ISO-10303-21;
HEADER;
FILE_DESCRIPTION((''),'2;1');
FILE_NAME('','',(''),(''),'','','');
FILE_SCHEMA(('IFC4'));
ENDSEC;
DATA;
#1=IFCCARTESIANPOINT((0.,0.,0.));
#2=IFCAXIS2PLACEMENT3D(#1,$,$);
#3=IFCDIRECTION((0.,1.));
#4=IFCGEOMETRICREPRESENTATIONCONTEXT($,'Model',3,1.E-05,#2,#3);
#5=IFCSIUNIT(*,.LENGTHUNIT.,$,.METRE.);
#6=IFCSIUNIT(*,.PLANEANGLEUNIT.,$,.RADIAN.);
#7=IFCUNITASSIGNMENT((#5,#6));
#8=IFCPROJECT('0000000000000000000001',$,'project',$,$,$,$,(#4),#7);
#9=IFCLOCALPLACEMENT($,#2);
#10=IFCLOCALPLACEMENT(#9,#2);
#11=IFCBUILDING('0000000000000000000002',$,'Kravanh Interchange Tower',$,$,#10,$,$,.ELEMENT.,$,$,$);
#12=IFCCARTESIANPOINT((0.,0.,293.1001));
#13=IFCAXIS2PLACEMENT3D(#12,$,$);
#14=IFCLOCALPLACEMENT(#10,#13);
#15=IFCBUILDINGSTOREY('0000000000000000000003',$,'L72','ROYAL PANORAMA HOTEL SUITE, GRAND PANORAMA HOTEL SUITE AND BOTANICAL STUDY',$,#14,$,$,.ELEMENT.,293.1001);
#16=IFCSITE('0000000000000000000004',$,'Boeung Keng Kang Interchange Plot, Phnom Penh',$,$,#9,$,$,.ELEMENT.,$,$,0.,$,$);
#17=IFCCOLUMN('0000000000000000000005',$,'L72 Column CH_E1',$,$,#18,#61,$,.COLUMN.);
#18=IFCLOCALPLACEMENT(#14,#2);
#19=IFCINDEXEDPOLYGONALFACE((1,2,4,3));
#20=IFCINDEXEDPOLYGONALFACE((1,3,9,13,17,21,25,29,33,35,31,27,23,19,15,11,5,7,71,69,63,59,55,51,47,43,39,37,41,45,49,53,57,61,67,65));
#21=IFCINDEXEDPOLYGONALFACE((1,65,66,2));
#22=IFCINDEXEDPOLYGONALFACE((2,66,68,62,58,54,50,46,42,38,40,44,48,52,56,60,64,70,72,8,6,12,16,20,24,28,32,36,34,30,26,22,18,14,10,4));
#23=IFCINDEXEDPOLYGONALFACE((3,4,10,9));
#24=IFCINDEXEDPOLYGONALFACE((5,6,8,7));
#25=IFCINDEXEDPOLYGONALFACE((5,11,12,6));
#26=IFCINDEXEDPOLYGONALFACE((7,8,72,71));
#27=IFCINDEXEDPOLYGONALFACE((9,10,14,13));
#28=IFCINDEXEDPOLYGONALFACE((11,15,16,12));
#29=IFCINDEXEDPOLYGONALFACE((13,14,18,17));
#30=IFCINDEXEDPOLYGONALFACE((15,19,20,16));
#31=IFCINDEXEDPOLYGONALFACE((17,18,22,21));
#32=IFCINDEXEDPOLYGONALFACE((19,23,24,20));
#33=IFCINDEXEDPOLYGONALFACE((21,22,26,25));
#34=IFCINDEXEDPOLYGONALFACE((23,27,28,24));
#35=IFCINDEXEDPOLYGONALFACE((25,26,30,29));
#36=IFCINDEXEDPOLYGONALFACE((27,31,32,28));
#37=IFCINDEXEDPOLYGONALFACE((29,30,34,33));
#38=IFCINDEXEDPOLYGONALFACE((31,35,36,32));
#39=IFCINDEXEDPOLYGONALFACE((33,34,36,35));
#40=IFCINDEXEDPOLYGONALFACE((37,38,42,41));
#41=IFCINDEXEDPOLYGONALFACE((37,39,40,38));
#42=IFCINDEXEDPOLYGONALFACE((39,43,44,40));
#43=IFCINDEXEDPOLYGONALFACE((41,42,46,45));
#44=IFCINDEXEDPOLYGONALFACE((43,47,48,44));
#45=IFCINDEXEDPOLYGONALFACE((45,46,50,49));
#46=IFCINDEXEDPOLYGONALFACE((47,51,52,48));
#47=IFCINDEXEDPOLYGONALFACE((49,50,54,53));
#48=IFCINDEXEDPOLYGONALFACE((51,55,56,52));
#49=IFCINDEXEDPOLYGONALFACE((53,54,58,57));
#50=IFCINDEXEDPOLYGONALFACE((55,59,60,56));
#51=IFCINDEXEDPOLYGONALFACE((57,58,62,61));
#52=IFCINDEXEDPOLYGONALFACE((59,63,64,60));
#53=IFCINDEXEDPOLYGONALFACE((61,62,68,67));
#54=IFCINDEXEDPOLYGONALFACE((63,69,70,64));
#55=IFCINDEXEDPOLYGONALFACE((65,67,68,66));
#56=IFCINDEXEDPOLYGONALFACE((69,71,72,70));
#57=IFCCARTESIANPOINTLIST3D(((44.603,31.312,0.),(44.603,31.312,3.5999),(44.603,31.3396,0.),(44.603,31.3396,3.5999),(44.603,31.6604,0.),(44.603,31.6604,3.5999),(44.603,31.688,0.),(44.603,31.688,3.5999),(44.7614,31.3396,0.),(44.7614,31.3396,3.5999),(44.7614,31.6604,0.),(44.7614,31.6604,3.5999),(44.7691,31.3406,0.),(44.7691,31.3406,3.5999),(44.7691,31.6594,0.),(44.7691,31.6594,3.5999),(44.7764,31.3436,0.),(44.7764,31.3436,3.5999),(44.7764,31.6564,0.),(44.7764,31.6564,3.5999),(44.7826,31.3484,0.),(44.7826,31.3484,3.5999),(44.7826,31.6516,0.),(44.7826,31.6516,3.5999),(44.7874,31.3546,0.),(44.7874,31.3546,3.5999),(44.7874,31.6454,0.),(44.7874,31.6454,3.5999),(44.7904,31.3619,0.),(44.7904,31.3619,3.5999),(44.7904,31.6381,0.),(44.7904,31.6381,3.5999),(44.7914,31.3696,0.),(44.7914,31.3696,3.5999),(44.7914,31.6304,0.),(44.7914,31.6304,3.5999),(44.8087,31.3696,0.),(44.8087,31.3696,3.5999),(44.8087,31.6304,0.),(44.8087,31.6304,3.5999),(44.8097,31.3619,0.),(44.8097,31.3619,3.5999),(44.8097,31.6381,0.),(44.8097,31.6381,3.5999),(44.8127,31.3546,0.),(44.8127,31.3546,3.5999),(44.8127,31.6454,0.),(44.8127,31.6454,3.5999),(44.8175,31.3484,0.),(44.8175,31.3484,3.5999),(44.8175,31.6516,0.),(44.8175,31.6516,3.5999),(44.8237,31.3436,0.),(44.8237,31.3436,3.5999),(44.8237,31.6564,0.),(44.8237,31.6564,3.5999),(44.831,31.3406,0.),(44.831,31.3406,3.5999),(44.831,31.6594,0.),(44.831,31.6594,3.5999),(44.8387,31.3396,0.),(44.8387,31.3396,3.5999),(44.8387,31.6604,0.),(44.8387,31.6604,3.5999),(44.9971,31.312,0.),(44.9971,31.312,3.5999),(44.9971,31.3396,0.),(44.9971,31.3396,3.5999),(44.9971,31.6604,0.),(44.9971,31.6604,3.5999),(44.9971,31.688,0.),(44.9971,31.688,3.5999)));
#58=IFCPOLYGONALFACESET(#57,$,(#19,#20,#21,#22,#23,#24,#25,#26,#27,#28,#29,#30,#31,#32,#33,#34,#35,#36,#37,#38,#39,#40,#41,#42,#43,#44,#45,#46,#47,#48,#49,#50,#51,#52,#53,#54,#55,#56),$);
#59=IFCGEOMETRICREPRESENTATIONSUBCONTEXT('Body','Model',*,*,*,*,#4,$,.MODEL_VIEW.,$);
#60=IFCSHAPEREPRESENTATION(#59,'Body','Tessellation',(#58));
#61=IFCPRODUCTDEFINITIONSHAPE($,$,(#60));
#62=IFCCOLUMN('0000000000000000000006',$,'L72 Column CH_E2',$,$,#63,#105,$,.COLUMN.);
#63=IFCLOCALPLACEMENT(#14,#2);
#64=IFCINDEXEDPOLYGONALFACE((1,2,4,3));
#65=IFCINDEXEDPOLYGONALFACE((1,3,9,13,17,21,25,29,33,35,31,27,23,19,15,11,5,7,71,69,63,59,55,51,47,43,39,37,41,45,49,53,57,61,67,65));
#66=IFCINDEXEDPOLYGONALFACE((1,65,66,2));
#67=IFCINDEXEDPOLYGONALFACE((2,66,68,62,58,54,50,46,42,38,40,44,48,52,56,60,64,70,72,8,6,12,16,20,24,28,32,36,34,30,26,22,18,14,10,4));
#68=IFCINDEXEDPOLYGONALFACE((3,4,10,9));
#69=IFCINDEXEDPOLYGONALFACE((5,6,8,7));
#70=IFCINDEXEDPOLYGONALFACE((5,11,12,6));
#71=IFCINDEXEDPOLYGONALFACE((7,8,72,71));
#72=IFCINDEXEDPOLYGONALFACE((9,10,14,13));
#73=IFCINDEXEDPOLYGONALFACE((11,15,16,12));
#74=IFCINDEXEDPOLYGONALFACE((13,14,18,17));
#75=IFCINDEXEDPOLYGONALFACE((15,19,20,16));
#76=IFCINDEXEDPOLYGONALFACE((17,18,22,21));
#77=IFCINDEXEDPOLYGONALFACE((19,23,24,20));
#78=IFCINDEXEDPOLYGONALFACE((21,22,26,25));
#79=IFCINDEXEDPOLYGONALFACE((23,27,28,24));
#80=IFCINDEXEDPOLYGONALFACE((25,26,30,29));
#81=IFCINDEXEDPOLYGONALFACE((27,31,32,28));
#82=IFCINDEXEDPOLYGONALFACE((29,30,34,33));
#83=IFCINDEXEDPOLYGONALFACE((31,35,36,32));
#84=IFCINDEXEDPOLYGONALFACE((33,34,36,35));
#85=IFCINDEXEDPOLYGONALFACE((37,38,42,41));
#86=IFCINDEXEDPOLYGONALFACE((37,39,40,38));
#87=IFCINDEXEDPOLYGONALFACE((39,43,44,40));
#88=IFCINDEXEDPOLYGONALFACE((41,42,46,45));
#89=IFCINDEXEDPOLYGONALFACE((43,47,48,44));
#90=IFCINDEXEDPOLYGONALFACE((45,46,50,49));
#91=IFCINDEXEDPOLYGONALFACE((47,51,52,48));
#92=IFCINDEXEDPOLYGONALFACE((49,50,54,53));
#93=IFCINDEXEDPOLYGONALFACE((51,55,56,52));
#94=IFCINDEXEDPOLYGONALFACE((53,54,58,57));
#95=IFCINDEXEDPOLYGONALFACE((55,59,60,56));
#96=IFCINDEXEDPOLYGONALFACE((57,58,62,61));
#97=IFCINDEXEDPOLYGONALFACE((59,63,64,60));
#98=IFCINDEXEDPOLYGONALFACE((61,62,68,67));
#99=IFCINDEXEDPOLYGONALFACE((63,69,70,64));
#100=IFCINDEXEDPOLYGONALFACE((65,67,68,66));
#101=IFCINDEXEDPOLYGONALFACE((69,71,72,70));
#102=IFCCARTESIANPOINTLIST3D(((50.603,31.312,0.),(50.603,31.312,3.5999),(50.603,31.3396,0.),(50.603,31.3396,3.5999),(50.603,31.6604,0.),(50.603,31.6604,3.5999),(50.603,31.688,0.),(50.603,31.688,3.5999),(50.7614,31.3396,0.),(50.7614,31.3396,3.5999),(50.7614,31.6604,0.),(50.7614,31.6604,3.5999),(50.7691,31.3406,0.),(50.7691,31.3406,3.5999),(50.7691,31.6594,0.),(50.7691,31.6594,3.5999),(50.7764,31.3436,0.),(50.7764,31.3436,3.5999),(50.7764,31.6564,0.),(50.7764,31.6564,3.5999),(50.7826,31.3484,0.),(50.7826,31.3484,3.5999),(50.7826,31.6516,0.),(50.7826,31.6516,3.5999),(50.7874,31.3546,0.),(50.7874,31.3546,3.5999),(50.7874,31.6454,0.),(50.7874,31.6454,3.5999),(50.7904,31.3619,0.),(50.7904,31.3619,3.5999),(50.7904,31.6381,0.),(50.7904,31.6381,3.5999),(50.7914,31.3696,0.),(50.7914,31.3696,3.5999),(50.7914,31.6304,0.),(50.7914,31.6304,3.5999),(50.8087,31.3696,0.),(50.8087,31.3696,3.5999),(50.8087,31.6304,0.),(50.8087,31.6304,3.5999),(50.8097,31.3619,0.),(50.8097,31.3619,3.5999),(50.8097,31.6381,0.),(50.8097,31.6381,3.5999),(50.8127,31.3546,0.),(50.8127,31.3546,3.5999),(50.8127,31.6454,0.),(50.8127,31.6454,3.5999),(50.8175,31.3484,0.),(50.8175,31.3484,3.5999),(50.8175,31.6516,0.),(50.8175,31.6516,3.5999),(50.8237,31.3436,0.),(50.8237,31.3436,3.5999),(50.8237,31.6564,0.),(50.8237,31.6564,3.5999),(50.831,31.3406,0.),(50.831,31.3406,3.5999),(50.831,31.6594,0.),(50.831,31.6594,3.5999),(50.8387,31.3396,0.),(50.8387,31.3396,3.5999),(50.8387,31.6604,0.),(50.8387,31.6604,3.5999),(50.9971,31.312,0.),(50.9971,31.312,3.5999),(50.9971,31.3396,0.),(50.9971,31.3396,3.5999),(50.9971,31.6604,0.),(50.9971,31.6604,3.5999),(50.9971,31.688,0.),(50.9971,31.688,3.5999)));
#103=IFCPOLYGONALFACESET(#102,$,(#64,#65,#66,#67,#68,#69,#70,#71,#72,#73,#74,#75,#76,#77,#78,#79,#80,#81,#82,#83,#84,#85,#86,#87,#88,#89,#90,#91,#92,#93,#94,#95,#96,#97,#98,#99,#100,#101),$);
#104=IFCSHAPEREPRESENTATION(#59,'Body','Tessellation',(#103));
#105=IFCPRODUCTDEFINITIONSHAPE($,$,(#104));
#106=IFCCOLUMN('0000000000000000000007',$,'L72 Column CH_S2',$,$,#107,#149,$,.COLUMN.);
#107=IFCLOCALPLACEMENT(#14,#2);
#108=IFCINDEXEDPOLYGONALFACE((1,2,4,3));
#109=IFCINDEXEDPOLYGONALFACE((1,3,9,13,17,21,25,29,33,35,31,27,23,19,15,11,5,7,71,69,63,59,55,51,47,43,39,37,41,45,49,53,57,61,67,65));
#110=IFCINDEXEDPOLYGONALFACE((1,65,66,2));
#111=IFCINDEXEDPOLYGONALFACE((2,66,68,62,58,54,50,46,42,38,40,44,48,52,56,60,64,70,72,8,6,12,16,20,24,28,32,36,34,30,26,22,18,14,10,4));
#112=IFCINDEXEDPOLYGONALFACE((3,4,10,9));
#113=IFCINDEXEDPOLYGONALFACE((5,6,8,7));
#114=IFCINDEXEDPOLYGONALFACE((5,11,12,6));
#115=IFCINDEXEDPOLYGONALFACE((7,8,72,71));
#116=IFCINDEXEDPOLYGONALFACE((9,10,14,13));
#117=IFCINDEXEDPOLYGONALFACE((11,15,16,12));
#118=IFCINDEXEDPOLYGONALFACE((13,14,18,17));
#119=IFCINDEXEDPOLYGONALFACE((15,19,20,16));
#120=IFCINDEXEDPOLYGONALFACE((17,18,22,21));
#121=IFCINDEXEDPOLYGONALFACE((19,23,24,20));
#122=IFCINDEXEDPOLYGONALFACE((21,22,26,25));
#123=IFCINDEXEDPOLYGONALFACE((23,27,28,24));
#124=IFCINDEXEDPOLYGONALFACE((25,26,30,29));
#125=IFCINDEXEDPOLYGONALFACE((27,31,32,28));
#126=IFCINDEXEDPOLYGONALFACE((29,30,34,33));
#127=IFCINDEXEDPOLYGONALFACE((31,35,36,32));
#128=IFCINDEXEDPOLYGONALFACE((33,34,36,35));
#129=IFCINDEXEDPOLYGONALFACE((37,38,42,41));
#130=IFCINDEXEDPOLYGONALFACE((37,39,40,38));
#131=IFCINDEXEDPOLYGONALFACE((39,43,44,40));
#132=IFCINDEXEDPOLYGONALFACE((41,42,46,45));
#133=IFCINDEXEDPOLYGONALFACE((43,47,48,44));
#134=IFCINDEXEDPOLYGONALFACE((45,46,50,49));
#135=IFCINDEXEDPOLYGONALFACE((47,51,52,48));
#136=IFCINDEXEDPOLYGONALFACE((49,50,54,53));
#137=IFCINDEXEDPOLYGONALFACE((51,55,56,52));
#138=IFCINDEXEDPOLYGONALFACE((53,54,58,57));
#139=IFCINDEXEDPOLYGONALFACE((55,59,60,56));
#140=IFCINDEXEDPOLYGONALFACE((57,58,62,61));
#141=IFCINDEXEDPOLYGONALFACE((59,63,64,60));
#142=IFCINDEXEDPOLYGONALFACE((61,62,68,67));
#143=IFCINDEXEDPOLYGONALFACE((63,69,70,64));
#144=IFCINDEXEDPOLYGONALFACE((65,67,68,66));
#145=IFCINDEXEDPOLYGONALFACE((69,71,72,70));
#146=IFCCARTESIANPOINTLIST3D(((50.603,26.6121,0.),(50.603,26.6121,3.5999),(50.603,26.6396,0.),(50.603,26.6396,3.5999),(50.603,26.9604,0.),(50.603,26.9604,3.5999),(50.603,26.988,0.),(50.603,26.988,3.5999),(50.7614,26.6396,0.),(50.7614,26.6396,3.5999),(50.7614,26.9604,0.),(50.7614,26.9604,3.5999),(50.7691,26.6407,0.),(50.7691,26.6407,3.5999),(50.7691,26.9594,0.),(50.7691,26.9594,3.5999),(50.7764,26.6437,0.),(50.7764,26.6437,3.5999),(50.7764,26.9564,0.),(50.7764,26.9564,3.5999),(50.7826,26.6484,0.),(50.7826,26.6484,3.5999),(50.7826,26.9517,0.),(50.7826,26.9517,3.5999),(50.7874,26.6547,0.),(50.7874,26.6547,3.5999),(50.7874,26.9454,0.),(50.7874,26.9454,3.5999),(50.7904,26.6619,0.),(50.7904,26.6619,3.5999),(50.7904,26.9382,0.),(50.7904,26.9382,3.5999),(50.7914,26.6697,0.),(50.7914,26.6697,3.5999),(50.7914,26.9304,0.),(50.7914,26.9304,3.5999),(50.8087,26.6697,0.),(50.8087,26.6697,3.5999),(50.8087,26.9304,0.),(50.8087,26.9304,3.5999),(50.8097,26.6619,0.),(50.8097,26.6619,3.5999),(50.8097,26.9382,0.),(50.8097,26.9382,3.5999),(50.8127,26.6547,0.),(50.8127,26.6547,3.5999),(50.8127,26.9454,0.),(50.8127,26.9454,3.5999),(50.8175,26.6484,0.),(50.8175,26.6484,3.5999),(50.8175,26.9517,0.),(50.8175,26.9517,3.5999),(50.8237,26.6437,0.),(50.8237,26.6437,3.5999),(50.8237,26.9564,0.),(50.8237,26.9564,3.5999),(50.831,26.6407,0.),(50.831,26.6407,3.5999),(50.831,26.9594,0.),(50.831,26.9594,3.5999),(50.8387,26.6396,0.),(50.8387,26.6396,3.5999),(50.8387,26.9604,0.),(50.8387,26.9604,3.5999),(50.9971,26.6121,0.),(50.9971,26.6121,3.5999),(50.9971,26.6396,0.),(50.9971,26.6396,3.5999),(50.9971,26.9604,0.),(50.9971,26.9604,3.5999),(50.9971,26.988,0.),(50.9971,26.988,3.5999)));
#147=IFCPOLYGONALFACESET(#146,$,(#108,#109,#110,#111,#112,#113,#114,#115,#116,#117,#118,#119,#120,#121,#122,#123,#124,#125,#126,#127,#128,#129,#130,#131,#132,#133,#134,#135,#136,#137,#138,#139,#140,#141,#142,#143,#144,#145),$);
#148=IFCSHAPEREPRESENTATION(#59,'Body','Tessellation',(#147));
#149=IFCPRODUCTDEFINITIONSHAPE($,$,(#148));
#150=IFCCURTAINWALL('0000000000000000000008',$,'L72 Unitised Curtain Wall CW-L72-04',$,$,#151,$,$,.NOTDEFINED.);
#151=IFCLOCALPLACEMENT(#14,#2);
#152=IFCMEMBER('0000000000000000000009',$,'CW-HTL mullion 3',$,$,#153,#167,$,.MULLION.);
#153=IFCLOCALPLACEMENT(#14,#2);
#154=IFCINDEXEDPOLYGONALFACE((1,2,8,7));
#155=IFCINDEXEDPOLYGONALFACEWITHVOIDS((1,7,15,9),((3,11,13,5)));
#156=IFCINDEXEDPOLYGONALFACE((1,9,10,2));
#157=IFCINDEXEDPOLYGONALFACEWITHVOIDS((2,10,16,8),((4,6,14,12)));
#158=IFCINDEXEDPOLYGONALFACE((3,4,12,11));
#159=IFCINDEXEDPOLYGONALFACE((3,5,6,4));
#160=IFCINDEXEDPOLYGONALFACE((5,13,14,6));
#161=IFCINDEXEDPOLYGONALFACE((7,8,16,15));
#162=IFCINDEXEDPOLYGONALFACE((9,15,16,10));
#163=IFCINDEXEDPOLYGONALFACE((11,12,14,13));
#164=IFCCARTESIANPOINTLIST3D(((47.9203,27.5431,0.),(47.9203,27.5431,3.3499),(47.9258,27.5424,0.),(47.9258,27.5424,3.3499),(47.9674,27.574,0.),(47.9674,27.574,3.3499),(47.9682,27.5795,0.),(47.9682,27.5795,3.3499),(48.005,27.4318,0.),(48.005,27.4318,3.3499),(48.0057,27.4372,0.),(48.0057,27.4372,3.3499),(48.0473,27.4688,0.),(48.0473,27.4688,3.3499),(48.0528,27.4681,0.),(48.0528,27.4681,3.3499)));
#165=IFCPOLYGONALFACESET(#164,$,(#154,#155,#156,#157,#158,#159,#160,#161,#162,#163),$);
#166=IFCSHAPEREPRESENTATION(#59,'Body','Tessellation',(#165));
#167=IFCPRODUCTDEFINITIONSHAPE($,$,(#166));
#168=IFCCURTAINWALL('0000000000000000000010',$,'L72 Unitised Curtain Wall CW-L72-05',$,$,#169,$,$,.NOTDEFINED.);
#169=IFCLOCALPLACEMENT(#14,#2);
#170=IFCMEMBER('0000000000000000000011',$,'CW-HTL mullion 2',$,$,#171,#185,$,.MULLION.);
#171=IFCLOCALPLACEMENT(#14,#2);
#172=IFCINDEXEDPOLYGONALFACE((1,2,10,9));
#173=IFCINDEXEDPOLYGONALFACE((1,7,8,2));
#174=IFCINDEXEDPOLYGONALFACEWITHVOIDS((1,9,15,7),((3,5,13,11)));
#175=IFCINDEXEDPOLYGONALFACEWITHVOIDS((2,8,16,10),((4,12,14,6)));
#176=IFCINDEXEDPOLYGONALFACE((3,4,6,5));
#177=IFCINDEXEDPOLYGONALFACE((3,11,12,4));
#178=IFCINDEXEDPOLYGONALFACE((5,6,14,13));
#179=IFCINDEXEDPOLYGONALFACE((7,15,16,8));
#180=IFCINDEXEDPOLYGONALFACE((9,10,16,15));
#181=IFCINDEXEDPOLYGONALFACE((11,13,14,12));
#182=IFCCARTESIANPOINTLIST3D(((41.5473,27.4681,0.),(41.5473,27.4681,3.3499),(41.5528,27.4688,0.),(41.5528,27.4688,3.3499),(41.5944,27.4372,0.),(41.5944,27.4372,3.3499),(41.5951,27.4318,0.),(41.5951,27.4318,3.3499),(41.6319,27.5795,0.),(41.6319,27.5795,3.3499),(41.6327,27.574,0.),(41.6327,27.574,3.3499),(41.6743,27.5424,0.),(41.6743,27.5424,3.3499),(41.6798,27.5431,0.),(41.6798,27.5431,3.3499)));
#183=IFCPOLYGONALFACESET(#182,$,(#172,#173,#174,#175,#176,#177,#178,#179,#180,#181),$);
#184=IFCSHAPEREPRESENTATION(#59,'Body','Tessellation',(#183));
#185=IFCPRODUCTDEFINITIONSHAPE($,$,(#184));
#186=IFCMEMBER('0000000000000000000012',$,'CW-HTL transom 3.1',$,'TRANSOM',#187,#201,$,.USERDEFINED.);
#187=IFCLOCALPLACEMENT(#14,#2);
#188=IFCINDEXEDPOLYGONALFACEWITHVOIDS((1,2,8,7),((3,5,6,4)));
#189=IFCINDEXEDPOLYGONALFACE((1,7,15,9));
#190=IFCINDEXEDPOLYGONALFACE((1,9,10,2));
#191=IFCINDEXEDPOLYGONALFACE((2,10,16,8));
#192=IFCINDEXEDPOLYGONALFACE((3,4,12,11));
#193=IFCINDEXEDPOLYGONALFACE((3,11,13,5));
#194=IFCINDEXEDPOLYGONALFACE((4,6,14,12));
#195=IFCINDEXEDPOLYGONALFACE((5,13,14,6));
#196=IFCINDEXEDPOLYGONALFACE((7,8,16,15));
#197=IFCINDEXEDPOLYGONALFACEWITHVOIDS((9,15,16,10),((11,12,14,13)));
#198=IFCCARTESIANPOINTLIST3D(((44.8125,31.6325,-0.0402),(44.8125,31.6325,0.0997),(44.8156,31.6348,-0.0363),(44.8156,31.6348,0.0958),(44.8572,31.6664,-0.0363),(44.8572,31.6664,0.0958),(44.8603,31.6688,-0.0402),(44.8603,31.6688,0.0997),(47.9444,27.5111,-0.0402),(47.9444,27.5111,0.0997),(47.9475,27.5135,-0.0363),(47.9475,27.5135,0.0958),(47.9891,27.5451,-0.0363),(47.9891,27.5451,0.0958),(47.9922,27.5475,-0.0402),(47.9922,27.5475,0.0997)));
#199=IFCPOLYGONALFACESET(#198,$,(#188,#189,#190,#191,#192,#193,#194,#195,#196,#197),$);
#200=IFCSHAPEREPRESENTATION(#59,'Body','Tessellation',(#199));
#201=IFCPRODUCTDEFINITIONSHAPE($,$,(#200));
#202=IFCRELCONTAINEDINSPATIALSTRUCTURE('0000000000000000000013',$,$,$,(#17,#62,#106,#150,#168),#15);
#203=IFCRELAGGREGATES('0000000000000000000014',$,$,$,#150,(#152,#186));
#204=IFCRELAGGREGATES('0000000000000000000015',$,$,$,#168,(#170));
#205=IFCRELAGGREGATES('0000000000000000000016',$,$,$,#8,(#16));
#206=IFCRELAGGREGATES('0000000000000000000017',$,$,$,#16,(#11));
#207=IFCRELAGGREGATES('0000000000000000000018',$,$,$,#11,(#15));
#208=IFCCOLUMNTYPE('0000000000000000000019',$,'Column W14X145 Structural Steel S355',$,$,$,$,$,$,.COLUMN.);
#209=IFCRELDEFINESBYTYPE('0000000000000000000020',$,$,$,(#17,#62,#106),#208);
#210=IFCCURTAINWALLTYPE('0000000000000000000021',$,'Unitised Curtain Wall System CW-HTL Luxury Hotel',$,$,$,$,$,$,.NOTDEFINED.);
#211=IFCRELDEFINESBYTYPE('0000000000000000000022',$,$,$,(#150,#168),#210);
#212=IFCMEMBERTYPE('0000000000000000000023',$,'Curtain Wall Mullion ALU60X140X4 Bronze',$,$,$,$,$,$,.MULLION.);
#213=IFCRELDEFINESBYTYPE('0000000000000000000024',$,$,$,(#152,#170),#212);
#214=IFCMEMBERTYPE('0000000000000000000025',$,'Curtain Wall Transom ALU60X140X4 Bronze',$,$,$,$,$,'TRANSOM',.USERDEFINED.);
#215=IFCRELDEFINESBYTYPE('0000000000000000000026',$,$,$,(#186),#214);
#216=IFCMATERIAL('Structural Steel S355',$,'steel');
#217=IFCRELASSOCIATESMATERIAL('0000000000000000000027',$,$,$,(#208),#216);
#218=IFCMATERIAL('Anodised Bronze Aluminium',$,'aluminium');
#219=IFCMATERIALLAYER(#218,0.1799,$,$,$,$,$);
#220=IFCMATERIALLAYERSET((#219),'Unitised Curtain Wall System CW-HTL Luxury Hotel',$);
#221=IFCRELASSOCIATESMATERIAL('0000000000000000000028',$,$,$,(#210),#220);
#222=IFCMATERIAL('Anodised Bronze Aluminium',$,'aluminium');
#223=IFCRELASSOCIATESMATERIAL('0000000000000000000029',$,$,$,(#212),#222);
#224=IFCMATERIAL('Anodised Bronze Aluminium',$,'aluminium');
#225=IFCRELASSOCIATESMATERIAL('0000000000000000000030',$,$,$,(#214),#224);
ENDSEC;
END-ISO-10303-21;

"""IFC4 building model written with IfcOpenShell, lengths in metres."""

from ifc_helpers import new_model, si_unit, direction, frame, origin, origin_2d, place, context, subcontext, project, spatial, hollow_rectangle, i_section, extrude, material, layer, layer_set, material_profile, profile_set, type_object, element, aggregate, save


model = new_model("IFC4")

# Units and contexts
model_context = context("Model", 3, precision=1e-05, world=origin(), true_north=direction((0.0, 1.0)))
body_context = subcontext(model_context, "Body", "Model", "MODEL_VIEW")
ifc_project = project(units=[si_unit("LENGTHUNIT", "METRE"), si_unit("PLANEANGLEUNIT", "RADIAN")], contexts=[model_context])

# Site, building, storey
site_placement = place(None, origin())
site = spatial("IfcSite", under=ifc_project, at=site_placement, Name="Boeung Keng Kang Interchange Plot, Phnom Penh", CompositionType="ELEMENT", RefElevation=0.0)
building_placement = place(site_placement, origin())
building = spatial("IfcBuilding", under=site, at=building_placement, Name="Kravanh Interchange Tower", CompositionType="ELEMENT")
storey_placement = place(building_placement, frame((0.0, 0.0, 293.1001)))
storey = spatial("IfcBuildingStorey", under=building, at=storey_placement, Name="L72", Description="ROYAL PANORAMA HOTEL SUITE, GRAND PANORAMA HOTEL SUITE AND BOTANICAL STUDY", CompositionType="ELEMENT", Elevation=293.1001)

# Columns
ifc_material_1 = material(Name="Structural Steel S355", Category="steel")
ifc_material_profile_1 = material_profile(ifc_material_1, i_section(OverallWidth=0.394, OverallDepth=0.376, WebThickness=0.0173, FlangeThickness=0.0276, FilletRadius=0.03, at=origin_2d()), Name="W14X145")
ifc_profile_set_1 = profile_set([ifc_material_profile_1], Name="Structural Steel S355")
column_type = type_object("IfcColumnType", Name="Column W14X145 Structural Steel S355", PredefinedType="COLUMN", material=ifc_profile_set_1)
for number, where, z_axis, x_axis, name in (
    (1, (44.8, 31.5, 0.0), (0.0, 0.0, 1.0), (1.0, 0.0, 0.0), "L72 Column CH_E1"),
    (2, (50.8, 31.5, 0.0), (0.0, 0.0, 1.0), (1.0, 0.0, 0.0), "L72 Column CH_E2"),
    (3, (50.8, 26.8, 0.0), (0.0, 0.0, 1.0), (1.0, 0.0, 0.0), "L72 Column CH_S2"),
):
    element("IfcColumn", number, at=place(storey_placement, frame(where, z_axis=z_axis, x_axis=x_axis)), inside=storey, type_object=column_type, Name=name, PredefinedType="COLUMN", context=body_context, shape_type="SweptSolid", body=[
        extrude(i_section(OverallWidth=0.394, OverallDepth=0.376, WebThickness=0.0173, FlangeThickness=0.0276, FilletRadius=0.03, at=origin_2d()), origin(), (0.0, 0.0, 1.0), 3.5999),
    ])

# Curtain walls, members
ifc_material_2 = material(Name="Anodised Bronze Aluminium", Category="aluminium")
ifc_layer_1 = layer(ifc_material_2, 0.1799)
ifc_layer_set_1 = layer_set([ifc_layer_1], Name="Unitised Curtain Wall System CW-HTL Luxury Hotel")
curtain_wall_type = type_object("IfcCurtainWallType", Name="Unitised Curtain Wall System CW-HTL Luxury Hotel", PredefinedType="NOTDEFINED", material=ifc_layer_set_1)
curtain_wall_1_placement = place(storey_placement, origin())
curtain_wall_1 = element("IfcCurtainWall", 4, at=curtain_wall_1_placement, inside=storey, type_object=curtain_wall_type, Name="L72 Unitised Curtain Wall CW-L72-04", PredefinedType="NOTDEFINED")
ifc_material_3 = material(Name="Anodised Bronze Aluminium", Category="aluminium")
ifc_material_profile_2 = material_profile(ifc_material_3, hollow_rectangle(XDim=0.0601, YDim=0.1399, WallThickness=0.0039, at=origin_2d()), Name="ALU60X140X4")
ifc_profile_set_2 = profile_set([ifc_material_profile_2], Name="Anodised Bronze Aluminium")
member_type_1 = type_object("IfcMemberType", Name="Curtain Wall Mullion ALU60X140X4 Bronze", PredefinedType="MULLION", material=ifc_profile_set_2)
member_1_placement = place(storey_placement, frame((47.9866, 27.5056, 0.0), z_axis=(0.0, 0.0, 1.0), x_axis=(-0.796162, -0.605083, 0.0)))
member_1 = element("IfcMember", 5, at=member_1_placement, type_object=member_type_1, Name="CW-HTL mullion 3", PredefinedType="MULLION", context=body_context, shape_type="SweptSolid", body=[
    extrude(hollow_rectangle(XDim=0.0601, YDim=0.1399, WallThickness=0.0039, at=origin_2d()), origin(), (0.0, 0.0, 1.0), 3.3499),
])
curtain_wall_2_placement = place(storey_placement, origin())
curtain_wall_2 = element("IfcCurtainWall", 6, at=curtain_wall_2_placement, inside=storey, type_object=curtain_wall_type, Name="L72 Unitised Curtain Wall CW-L72-05", PredefinedType="NOTDEFINED")
member_2_placement = place(storey_placement, frame((41.6135, 27.5056, 0.0), z_axis=(0.0, 0.0, 1.0), x_axis=(0.796162, -0.605083, 0.0)))
member_2 = element("IfcMember", 7, at=member_2_placement, type_object=member_type_1, Name="CW-HTL mullion 2", PredefinedType="MULLION", context=body_context, shape_type="SweptSolid", body=[
    extrude(hollow_rectangle(XDim=0.0601, YDim=0.1399, WallThickness=0.0039, at=origin_2d()), origin(), (0.0, 0.0, 1.0), 3.3499),
])

# Member
ifc_material_4 = material(Name="Anodised Bronze Aluminium", Category="aluminium")
ifc_material_profile_3 = material_profile(ifc_material_4, hollow_rectangle(XDim=0.0601, YDim=0.1399, WallThickness=0.0039, at=origin_2d()), Name="ALU60X140X4")
ifc_profile_set_3 = profile_set([ifc_material_profile_3], Name="Anodised Bronze Aluminium")
member_type_2 = type_object("IfcMemberType", Name="Curtain Wall Transom ALU60X140X4 Bronze", ElementType="TRANSOM", PredefinedType="USERDEFINED", material=ifc_profile_set_3)
member_3_placement = place(storey_placement, frame((47.9683, 27.5293, 0.0298), z_axis=(-0.605037, 0.796198, 0.0), x_axis=(-0.796198, -0.605037, 0.0)))
member_3 = element("IfcMember", 8, at=member_3_placement, type_object=member_type_2, Name="CW-HTL transom 3.1", ObjectType="TRANSOM", PredefinedType="USERDEFINED", context=body_context, shape_type="SweptSolid", body=[
    extrude(hollow_rectangle(XDim=0.0601, YDim=0.1399, WallThickness=0.0039, at=origin_2d()), origin(), (0.0, 0.0, 1.0), 5.1763),
])

aggregate(curtain_wall_1, [member_1, member_3])
aggregate(curtain_wall_2, [member_2])

save(model, "model.ifc")
